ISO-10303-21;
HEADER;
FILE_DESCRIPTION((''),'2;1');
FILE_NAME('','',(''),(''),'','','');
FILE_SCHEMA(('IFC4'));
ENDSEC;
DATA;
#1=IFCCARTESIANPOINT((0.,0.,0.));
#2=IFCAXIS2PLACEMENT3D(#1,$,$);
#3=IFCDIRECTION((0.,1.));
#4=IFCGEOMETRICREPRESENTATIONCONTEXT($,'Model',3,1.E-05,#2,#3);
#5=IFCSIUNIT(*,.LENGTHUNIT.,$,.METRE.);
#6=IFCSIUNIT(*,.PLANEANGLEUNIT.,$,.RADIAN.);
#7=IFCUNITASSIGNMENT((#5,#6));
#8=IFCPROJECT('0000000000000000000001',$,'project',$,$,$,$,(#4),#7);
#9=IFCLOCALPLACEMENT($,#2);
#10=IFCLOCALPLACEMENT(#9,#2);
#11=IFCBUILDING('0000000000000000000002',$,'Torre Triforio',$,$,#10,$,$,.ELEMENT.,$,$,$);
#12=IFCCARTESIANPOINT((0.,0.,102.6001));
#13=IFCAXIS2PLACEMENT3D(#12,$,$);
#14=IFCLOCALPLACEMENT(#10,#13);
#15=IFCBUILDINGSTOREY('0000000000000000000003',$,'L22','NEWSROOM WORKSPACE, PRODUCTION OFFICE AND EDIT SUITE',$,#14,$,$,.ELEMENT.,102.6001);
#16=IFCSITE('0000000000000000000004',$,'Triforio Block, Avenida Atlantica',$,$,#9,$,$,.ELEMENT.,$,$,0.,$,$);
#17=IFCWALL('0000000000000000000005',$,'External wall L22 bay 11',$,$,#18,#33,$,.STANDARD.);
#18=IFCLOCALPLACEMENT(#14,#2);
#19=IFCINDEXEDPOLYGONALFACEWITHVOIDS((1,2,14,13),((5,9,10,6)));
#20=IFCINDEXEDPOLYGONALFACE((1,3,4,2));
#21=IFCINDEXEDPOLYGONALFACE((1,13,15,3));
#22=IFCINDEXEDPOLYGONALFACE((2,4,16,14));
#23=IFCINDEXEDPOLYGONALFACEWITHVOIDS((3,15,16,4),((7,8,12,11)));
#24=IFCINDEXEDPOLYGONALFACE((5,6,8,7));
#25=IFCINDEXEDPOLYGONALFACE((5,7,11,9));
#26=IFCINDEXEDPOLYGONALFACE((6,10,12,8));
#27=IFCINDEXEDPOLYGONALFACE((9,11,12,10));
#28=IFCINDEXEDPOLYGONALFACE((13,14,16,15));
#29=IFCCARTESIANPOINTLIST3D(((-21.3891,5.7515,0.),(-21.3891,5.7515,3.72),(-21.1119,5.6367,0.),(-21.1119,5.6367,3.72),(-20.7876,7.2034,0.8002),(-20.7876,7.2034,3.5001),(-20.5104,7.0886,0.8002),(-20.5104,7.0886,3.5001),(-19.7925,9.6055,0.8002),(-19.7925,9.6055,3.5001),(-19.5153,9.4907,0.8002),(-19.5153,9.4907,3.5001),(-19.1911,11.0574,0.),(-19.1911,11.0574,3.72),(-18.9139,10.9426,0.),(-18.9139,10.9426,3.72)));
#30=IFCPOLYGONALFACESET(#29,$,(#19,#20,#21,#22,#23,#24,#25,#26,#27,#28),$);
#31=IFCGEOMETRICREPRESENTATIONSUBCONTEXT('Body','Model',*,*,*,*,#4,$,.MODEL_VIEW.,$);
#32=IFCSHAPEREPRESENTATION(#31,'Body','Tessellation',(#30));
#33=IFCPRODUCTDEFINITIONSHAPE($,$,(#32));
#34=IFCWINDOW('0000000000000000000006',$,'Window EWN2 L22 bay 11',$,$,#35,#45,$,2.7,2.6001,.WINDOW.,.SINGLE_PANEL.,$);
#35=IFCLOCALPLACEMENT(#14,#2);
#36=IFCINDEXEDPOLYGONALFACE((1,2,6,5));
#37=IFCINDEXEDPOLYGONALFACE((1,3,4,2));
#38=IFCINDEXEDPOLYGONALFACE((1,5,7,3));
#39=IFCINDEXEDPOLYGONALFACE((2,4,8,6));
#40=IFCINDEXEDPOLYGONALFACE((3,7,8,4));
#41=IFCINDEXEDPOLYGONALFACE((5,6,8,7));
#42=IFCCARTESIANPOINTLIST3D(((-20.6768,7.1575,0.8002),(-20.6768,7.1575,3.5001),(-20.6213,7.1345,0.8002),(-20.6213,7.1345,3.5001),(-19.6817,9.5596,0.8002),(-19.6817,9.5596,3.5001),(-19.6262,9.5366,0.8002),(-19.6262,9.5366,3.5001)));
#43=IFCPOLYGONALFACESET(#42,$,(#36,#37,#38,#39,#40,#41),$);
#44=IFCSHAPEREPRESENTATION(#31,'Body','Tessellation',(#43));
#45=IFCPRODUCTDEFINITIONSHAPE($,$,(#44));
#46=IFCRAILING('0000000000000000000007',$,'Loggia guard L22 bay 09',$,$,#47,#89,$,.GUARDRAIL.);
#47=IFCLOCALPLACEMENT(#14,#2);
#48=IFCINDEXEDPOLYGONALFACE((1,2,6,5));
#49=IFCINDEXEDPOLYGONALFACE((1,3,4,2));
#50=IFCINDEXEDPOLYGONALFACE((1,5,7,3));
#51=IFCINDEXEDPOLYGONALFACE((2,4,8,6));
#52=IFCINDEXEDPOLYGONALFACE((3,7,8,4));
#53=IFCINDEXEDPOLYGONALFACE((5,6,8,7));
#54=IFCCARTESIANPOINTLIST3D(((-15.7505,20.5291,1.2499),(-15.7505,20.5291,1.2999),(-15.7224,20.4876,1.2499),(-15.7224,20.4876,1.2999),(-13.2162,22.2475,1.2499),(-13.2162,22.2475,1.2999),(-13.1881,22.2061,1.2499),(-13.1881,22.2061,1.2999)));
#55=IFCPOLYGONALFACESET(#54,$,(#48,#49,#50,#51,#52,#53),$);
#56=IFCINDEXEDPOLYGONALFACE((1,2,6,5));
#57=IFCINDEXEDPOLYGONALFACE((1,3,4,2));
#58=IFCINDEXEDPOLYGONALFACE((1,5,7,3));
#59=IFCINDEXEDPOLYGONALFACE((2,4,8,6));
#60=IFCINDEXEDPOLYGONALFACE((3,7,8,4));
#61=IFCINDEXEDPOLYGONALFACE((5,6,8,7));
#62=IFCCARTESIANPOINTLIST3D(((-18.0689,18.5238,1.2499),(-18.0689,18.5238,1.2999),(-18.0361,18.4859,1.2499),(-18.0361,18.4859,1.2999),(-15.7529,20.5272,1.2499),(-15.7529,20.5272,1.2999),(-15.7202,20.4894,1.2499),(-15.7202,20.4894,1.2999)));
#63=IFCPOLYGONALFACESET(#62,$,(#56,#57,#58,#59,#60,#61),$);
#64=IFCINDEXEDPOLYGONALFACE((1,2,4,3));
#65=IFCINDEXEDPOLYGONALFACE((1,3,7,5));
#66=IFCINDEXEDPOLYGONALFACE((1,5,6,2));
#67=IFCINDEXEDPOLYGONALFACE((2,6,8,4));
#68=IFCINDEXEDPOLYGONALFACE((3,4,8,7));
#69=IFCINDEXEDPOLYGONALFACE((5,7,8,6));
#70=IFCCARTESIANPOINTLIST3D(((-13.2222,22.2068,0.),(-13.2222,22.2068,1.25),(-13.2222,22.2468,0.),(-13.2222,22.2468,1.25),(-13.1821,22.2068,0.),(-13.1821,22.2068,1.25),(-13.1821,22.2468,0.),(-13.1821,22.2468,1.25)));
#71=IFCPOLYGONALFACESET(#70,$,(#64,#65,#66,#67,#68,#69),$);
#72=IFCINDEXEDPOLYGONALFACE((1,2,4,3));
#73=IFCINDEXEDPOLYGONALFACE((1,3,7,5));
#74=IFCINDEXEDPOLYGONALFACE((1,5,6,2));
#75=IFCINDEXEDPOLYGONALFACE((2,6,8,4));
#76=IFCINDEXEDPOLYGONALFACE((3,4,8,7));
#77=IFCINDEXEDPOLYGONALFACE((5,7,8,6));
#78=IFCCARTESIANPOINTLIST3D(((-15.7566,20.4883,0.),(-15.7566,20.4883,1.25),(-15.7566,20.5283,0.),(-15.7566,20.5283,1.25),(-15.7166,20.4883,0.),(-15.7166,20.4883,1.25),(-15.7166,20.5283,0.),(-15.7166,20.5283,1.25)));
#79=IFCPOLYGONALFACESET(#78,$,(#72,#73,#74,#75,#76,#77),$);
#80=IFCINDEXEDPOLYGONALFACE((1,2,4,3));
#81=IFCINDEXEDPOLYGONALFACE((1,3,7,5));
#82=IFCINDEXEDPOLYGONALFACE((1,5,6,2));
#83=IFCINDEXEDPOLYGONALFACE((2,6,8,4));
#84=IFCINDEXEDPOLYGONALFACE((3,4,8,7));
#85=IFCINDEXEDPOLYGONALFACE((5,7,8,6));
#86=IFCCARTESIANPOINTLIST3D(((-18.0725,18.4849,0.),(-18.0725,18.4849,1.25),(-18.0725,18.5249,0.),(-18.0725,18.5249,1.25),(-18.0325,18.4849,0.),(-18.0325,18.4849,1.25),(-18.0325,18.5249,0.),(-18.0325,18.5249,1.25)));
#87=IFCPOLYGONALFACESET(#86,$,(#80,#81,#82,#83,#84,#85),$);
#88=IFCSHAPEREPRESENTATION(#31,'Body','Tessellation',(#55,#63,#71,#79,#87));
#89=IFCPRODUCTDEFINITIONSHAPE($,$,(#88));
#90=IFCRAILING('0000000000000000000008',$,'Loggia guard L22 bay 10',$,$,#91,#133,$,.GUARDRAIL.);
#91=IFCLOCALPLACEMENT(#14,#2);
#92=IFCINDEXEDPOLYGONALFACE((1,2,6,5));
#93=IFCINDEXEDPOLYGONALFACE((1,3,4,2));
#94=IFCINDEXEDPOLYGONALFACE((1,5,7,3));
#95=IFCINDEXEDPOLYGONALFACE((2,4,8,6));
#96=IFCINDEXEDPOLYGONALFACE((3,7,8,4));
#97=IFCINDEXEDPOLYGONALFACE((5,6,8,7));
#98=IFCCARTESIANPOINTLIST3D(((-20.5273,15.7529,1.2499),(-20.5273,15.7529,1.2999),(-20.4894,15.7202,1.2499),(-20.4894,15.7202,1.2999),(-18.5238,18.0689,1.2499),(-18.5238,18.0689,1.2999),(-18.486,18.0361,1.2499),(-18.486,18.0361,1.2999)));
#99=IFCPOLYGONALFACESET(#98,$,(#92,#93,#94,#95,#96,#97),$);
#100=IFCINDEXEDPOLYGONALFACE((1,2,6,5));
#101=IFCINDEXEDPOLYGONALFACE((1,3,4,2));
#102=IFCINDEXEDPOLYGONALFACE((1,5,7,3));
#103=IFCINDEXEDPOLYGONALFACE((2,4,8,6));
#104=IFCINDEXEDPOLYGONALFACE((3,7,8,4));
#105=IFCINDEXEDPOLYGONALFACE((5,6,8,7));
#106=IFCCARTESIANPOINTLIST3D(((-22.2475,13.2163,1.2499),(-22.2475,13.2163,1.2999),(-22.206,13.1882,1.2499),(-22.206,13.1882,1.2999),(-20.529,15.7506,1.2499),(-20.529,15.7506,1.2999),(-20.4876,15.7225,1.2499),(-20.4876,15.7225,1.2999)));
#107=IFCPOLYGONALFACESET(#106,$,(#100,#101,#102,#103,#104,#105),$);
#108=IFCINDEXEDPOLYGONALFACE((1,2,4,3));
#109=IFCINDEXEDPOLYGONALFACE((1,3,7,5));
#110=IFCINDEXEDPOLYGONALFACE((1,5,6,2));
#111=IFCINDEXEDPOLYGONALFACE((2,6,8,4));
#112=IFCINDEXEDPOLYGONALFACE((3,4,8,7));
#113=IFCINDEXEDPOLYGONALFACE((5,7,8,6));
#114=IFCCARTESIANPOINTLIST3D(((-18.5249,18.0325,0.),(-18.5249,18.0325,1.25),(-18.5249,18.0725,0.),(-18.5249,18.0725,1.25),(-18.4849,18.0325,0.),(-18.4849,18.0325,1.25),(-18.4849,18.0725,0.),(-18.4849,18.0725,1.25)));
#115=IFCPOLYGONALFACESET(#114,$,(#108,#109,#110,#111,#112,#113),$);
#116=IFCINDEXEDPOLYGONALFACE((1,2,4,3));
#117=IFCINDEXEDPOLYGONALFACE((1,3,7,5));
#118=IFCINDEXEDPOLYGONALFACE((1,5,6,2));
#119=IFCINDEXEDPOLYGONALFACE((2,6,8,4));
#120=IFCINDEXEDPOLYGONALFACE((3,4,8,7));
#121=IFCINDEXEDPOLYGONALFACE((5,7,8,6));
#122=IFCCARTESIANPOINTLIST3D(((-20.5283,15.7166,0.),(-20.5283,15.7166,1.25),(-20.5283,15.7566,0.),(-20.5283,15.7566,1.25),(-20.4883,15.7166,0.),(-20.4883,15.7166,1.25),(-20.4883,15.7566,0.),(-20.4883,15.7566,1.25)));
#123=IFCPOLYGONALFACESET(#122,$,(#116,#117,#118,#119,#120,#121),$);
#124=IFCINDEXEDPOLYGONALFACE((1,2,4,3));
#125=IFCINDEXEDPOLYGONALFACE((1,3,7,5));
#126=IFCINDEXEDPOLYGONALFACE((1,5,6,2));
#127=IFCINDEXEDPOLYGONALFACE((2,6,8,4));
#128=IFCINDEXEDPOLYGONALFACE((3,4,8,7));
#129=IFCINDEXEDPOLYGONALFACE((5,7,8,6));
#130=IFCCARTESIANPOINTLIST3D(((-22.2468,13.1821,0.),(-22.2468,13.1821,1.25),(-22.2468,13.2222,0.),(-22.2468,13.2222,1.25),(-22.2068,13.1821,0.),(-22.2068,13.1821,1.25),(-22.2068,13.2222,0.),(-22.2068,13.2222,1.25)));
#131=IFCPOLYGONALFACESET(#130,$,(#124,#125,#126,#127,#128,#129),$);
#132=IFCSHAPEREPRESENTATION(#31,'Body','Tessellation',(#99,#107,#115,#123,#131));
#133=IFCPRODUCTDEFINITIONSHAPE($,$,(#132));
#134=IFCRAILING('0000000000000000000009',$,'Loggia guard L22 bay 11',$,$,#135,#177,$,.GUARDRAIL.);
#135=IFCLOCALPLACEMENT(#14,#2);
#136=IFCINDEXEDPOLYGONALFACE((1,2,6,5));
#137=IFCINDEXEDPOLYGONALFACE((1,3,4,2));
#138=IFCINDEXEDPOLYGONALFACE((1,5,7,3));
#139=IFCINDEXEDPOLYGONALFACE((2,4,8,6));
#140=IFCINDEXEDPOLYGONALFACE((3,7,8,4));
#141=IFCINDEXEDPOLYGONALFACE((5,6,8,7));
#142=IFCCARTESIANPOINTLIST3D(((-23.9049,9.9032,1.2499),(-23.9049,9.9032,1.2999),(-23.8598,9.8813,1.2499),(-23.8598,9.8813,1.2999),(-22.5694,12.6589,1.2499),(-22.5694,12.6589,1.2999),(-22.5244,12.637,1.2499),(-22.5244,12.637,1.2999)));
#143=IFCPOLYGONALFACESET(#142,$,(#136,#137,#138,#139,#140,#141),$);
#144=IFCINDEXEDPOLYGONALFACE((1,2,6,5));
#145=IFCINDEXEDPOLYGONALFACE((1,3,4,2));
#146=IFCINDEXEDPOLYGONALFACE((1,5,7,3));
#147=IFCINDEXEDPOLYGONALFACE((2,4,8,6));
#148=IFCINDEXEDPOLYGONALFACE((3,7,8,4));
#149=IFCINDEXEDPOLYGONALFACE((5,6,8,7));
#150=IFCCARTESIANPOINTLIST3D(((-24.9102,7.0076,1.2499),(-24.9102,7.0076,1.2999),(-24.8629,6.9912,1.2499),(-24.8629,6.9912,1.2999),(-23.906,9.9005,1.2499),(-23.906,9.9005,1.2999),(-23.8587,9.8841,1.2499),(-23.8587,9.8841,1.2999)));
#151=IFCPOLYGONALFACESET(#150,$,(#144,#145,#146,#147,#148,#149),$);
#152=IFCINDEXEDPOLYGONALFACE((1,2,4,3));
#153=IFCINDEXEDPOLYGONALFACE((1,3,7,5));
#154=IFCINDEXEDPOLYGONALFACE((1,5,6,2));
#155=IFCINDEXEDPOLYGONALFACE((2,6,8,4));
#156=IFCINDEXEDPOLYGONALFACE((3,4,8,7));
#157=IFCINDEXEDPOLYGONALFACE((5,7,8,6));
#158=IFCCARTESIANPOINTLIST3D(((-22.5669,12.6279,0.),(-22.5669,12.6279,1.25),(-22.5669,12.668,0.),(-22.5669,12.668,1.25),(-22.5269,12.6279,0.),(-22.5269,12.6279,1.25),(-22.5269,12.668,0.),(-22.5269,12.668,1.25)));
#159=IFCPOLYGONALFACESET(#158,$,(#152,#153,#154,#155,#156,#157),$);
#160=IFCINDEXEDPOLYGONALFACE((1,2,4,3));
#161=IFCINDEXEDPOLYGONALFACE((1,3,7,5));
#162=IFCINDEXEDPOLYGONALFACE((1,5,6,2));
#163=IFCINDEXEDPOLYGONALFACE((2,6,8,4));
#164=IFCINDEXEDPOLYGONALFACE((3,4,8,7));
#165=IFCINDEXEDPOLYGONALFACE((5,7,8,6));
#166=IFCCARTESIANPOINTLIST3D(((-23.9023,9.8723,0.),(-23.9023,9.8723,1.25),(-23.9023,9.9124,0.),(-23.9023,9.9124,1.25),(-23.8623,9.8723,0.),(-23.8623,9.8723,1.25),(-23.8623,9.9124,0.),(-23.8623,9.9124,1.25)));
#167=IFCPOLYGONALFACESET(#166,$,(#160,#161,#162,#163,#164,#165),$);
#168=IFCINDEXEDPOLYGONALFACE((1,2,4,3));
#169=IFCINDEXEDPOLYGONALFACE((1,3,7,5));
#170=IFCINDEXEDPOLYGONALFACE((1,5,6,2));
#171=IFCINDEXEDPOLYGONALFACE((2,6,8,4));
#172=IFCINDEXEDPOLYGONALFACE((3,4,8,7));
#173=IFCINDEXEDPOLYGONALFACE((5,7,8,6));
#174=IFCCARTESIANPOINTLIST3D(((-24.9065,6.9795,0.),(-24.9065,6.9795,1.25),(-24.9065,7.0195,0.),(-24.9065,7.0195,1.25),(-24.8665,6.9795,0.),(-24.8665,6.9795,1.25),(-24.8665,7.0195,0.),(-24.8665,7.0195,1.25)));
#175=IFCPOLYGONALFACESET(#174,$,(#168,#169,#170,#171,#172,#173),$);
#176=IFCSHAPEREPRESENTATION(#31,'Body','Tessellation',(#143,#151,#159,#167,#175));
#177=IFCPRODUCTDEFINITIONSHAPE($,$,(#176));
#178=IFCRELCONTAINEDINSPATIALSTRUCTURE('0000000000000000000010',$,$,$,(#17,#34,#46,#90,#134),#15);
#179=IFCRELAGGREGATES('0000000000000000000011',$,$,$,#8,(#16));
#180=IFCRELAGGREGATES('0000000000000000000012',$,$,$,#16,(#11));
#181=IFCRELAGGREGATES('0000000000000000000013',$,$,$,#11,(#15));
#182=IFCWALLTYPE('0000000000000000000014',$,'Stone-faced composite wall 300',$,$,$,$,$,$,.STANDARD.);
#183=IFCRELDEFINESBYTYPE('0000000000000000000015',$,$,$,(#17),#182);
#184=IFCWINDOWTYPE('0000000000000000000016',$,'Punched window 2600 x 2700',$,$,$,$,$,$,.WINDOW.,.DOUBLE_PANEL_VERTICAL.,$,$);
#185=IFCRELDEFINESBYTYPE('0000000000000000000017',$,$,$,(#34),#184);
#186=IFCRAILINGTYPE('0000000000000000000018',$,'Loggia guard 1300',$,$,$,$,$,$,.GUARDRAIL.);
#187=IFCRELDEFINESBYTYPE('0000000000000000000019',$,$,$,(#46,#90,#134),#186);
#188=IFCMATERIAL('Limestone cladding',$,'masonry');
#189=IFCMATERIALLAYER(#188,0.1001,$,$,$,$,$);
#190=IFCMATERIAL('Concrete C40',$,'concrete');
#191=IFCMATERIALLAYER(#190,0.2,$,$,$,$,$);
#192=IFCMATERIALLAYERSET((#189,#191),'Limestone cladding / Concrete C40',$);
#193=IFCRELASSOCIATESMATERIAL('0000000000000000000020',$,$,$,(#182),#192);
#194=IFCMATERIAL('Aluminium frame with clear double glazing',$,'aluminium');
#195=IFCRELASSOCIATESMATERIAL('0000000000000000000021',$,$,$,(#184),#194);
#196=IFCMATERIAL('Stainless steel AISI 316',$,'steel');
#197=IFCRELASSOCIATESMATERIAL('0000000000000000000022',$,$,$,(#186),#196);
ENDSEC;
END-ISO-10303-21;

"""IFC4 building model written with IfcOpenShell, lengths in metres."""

from ifc_helpers import new_model, si_unit, direction, frame, frame_2d, origin, origin_2d, place, context, subcontext, project, spatial, rectangle, extrude, material, layer, layer_set, type_object, element, fill, save


model = new_model("IFC4")

# Units and contexts
model_context = context("Model", 3, precision=1e-05, world=origin(), true_north=direction((0.0, 1.0)))
body_context = subcontext(model_context, "Body", "Model", "MODEL_VIEW")
ifc_project = project(units=[si_unit("LENGTHUNIT", "METRE"), si_unit("PLANEANGLEUNIT", "RADIAN")], contexts=[model_context])

# Site, building, storey
site_placement = place(None, origin())
site = spatial("IfcSite", under=ifc_project, at=site_placement, Name="Triforio Block, Avenida Atlantica", CompositionType="ELEMENT", RefElevation=0.0)
building_placement = place(site_placement, origin())
building = spatial("IfcBuilding", under=site, at=building_placement, Name="Torre Triforio", CompositionType="ELEMENT")
storey_placement = place(building_placement, frame((0.0, 0.0, 102.6001)))
storey = spatial("IfcBuildingStorey", under=building, at=storey_placement, Name="L22", Description="NEWSROOM WORKSPACE, PRODUCTION OFFICE AND EDIT SUITE", CompositionType="ELEMENT", Elevation=102.6001)

# Shared definitions
ifc_material_1 = material(Name="Limestone cladding", Category="masonry")
ifc_material_2 = material(Name="Concrete C40", Category="concrete")

# Shared definitions
ifc_layer_1 = layer(ifc_material_1, 0.1001)
ifc_layer_2 = layer(ifc_material_2, 0.2)
ifc_layer_set_1 = layer_set([ifc_layer_1, ifc_layer_2], Name="Limestone cladding / Concrete C40")
wall_type_1 = type_object("IfcWallType", Name="Stone-faced composite wall 300", PredefinedType="STANDARD", material=ifc_layer_set_1)
ifc_material_3 = material(Name="Aluminium frame with clear double glazing", Category="aluminium")
window_type_1 = type_object("IfcWindowType", Name="Punched window 2600 x 2700", PartitioningType="DOUBLE_PANEL_VERTICAL", PredefinedType="WINDOW", material=ifc_material_3)

# Wall, opening, window
wall_1_placement = place(storey_placement, frame((-19.0525, 11.0, 0.0), z_axis=(0.0, 0.0, 1.0), x_axis=(-0.382716, -0.923866, 0.0)))
wall_1 = element("IfcWall", 1, at=wall_1_placement, inside=storey, type_object=wall_type_1, Name="External wall L22 bay 11", PredefinedType="STANDARD", context=body_context, shape_type="SweptSolid", body=[
    extrude(rectangle(XDim=5.7432, YDim=0.3, at=frame_2d((2.8716, 0.0))), origin(), (0.0, 0.0, 1.0), 3.72),
])
opening_1_placement = place(wall_1_placement, frame((1.5715, 0.0, 0.8)))
opening_1 = element("IfcOpeningElement", 2, at=opening_1_placement, cuts=wall_1, PredefinedType="OPENING", context=body_context, shape_type="SweptSolid", body=[
    extrude(rectangle(XDim=2.6001, YDim=2.7, at=frame_2d((1.3, 1.3501))), frame((0.0, 0.1599, 0.0), z_axis=(0.0, -1.0, 0.0), x_axis=(1.0, 0.0, 0.0)), (0.0, 0.0, 1.0), 0.3201),
])
window_1_placement = place(opening_1_placement, origin())
window_1 = element("IfcWindow", 3, at=window_1_placement, inside=storey, type_object=window_type_1, Name="Window EWN2 L22 bay 11", OverallHeight=2.7, OverallWidth=2.6001, PartitioningType="SINGLE_PANEL", PredefinedType="WINDOW", context=body_context, shape_type="SweptSolid", body=[
    extrude(rectangle(XDim=2.6001, YDim=2.7, at=frame_2d((1.3, 1.3501))), frame((0.0, 0.03, 0.0), z_axis=(0.0, -1.0, 0.0), x_axis=(1.0, 0.0, 0.0)), (0.0, 0.0, 1.0), 0.0601),
])
fill(opening_1, window_1)

# Railings
ifc_material_4 = material(Name="Stainless steel AISI 316", Category="steel")
railing_type = type_object("IfcRailingType", Name="Loggia guard 1300", PredefinedType="GUARDRAIL", material=ifc_material_4)
railing_1_placement = place(storey_placement, frame((-13.2021, 22.2268, 0.0)))
element("IfcRailing", 4, at=railing_1_placement, inside=storey, type_object=railing_type, Name="Loggia guard L22 bay 09", PredefinedType="GUARDRAIL", context=body_context, shape_type="SweptSolid", body=[
    extrude(rectangle(XDim=0.05, YDim=0.05, at=origin_2d()), frame((0.0, 0.0, 1.2749), z_axis=(-0.82767, -0.561215, 0.0), x_axis=(0.561215, -0.82767, 0.0)), (0.0, 0.0, 1.0), 3.062),
    extrude(rectangle(XDim=0.05, YDim=0.05, at=origin_2d()), frame((-2.5344, -1.7185, 1.2749), z_axis=(-0.756289, -0.654238, 0.0), x_axis=(0.654238, -0.756289, 0.0)), (0.0, 0.0, 1.0), 3.0623),
    extrude(rectangle(XDim=0.04, YDim=0.04, at=origin_2d()), origin(), (0.0, 0.0, 1.0), 1.25),
    extrude(rectangle(XDim=0.04, YDim=0.04, at=origin_2d()), frame((-2.5344, -1.7185, 0.0)), (0.0, 0.0, 1.0), 1.25),
    extrude(rectangle(XDim=0.04, YDim=0.04, at=origin_2d()), frame((-4.8503, -3.7219, 0.0)), (0.0, 0.0, 1.0), 1.25),
])
railing_2_placement = place(storey_placement, frame((-18.5049, 18.0525, 0.0)))
element("IfcRailing", 5, at=railing_2_placement, inside=storey, type_object=railing_type, Name="Loggia guard L22 bay 10", PredefinedType="GUARDRAIL", context=body_context, shape_type="SweptSolid", body=[
    extrude(rectangle(XDim=0.05, YDim=0.05, at=origin_2d()), frame((0.0, 0.0, 1.2749), z_axis=(-0.654238, -0.756289, 0.0), x_axis=(0.756289, -0.654238, 0.0)), (0.0, 0.0, 1.0), 3.0623),
    extrude(rectangle(XDim=0.05, YDim=0.05, at=origin_2d()), frame((-2.0034, -2.3159, 1.2749), z_axis=(-0.561215, -0.82767, 0.0), x_axis=(0.82767, -0.561215, 0.0)), (0.0, 0.0, 1.0), 3.062),
    extrude(rectangle(XDim=0.04, YDim=0.04, at=origin_2d()), origin(), (0.0, 0.0, 1.0), 1.25),
    extrude(rectangle(XDim=0.04, YDim=0.04, at=origin_2d()), frame((-2.0034, -2.3159, 0.0)), (0.0, 0.0, 1.0), 1.25),
    extrude(rectangle(XDim=0.04, YDim=0.04, at=origin_2d()), frame((-3.7219, -4.8503, 0.0)), (0.0, 0.0, 1.0), 1.25),
])
railing_3_placement = place(storey_placement, frame((-22.5469, 12.6479, 0.0)))
element("IfcRailing", 6, at=railing_3_placement, inside=storey, type_object=railing_type, Name="Loggia guard L22 bay 11", PredefinedType="GUARDRAIL", context=body_context, shape_type="SweptSolid", body=[
    extrude(rectangle(XDim=0.05, YDim=0.05, at=origin_2d()), frame((0.0, 0.0, 1.2749), z_axis=(-0.436113, -0.899892, 0.0), x_axis=(0.899892, -0.436113, 0.0)), (0.0, 0.0, 1.0), 3.0623),
    extrude(rectangle(XDim=0.05, YDim=0.05, at=origin_2d()), frame((-1.3354, -2.7556, 1.2749), z_axis=(-0.327924, -0.944704, 0.0), x_axis=(0.944704, -0.327924, 0.0)), (0.0, 0.0, 1.0), 3.0623),
    extrude(rectangle(XDim=0.04, YDim=0.04, at=origin_2d()), origin(), (0.0, 0.0, 1.0), 1.25),
    extrude(rectangle(XDim=0.04, YDim=0.04, at=origin_2d()), frame((-1.3354, -2.7556, 0.0)), (0.0, 0.0, 1.0), 1.25),
    extrude(rectangle(XDim=0.04, YDim=0.04, at=origin_2d()), frame((-2.3396, -5.6484, 0.0)), (0.0, 0.0, 1.0), 1.25),
])

save(model, "model.ifc")
